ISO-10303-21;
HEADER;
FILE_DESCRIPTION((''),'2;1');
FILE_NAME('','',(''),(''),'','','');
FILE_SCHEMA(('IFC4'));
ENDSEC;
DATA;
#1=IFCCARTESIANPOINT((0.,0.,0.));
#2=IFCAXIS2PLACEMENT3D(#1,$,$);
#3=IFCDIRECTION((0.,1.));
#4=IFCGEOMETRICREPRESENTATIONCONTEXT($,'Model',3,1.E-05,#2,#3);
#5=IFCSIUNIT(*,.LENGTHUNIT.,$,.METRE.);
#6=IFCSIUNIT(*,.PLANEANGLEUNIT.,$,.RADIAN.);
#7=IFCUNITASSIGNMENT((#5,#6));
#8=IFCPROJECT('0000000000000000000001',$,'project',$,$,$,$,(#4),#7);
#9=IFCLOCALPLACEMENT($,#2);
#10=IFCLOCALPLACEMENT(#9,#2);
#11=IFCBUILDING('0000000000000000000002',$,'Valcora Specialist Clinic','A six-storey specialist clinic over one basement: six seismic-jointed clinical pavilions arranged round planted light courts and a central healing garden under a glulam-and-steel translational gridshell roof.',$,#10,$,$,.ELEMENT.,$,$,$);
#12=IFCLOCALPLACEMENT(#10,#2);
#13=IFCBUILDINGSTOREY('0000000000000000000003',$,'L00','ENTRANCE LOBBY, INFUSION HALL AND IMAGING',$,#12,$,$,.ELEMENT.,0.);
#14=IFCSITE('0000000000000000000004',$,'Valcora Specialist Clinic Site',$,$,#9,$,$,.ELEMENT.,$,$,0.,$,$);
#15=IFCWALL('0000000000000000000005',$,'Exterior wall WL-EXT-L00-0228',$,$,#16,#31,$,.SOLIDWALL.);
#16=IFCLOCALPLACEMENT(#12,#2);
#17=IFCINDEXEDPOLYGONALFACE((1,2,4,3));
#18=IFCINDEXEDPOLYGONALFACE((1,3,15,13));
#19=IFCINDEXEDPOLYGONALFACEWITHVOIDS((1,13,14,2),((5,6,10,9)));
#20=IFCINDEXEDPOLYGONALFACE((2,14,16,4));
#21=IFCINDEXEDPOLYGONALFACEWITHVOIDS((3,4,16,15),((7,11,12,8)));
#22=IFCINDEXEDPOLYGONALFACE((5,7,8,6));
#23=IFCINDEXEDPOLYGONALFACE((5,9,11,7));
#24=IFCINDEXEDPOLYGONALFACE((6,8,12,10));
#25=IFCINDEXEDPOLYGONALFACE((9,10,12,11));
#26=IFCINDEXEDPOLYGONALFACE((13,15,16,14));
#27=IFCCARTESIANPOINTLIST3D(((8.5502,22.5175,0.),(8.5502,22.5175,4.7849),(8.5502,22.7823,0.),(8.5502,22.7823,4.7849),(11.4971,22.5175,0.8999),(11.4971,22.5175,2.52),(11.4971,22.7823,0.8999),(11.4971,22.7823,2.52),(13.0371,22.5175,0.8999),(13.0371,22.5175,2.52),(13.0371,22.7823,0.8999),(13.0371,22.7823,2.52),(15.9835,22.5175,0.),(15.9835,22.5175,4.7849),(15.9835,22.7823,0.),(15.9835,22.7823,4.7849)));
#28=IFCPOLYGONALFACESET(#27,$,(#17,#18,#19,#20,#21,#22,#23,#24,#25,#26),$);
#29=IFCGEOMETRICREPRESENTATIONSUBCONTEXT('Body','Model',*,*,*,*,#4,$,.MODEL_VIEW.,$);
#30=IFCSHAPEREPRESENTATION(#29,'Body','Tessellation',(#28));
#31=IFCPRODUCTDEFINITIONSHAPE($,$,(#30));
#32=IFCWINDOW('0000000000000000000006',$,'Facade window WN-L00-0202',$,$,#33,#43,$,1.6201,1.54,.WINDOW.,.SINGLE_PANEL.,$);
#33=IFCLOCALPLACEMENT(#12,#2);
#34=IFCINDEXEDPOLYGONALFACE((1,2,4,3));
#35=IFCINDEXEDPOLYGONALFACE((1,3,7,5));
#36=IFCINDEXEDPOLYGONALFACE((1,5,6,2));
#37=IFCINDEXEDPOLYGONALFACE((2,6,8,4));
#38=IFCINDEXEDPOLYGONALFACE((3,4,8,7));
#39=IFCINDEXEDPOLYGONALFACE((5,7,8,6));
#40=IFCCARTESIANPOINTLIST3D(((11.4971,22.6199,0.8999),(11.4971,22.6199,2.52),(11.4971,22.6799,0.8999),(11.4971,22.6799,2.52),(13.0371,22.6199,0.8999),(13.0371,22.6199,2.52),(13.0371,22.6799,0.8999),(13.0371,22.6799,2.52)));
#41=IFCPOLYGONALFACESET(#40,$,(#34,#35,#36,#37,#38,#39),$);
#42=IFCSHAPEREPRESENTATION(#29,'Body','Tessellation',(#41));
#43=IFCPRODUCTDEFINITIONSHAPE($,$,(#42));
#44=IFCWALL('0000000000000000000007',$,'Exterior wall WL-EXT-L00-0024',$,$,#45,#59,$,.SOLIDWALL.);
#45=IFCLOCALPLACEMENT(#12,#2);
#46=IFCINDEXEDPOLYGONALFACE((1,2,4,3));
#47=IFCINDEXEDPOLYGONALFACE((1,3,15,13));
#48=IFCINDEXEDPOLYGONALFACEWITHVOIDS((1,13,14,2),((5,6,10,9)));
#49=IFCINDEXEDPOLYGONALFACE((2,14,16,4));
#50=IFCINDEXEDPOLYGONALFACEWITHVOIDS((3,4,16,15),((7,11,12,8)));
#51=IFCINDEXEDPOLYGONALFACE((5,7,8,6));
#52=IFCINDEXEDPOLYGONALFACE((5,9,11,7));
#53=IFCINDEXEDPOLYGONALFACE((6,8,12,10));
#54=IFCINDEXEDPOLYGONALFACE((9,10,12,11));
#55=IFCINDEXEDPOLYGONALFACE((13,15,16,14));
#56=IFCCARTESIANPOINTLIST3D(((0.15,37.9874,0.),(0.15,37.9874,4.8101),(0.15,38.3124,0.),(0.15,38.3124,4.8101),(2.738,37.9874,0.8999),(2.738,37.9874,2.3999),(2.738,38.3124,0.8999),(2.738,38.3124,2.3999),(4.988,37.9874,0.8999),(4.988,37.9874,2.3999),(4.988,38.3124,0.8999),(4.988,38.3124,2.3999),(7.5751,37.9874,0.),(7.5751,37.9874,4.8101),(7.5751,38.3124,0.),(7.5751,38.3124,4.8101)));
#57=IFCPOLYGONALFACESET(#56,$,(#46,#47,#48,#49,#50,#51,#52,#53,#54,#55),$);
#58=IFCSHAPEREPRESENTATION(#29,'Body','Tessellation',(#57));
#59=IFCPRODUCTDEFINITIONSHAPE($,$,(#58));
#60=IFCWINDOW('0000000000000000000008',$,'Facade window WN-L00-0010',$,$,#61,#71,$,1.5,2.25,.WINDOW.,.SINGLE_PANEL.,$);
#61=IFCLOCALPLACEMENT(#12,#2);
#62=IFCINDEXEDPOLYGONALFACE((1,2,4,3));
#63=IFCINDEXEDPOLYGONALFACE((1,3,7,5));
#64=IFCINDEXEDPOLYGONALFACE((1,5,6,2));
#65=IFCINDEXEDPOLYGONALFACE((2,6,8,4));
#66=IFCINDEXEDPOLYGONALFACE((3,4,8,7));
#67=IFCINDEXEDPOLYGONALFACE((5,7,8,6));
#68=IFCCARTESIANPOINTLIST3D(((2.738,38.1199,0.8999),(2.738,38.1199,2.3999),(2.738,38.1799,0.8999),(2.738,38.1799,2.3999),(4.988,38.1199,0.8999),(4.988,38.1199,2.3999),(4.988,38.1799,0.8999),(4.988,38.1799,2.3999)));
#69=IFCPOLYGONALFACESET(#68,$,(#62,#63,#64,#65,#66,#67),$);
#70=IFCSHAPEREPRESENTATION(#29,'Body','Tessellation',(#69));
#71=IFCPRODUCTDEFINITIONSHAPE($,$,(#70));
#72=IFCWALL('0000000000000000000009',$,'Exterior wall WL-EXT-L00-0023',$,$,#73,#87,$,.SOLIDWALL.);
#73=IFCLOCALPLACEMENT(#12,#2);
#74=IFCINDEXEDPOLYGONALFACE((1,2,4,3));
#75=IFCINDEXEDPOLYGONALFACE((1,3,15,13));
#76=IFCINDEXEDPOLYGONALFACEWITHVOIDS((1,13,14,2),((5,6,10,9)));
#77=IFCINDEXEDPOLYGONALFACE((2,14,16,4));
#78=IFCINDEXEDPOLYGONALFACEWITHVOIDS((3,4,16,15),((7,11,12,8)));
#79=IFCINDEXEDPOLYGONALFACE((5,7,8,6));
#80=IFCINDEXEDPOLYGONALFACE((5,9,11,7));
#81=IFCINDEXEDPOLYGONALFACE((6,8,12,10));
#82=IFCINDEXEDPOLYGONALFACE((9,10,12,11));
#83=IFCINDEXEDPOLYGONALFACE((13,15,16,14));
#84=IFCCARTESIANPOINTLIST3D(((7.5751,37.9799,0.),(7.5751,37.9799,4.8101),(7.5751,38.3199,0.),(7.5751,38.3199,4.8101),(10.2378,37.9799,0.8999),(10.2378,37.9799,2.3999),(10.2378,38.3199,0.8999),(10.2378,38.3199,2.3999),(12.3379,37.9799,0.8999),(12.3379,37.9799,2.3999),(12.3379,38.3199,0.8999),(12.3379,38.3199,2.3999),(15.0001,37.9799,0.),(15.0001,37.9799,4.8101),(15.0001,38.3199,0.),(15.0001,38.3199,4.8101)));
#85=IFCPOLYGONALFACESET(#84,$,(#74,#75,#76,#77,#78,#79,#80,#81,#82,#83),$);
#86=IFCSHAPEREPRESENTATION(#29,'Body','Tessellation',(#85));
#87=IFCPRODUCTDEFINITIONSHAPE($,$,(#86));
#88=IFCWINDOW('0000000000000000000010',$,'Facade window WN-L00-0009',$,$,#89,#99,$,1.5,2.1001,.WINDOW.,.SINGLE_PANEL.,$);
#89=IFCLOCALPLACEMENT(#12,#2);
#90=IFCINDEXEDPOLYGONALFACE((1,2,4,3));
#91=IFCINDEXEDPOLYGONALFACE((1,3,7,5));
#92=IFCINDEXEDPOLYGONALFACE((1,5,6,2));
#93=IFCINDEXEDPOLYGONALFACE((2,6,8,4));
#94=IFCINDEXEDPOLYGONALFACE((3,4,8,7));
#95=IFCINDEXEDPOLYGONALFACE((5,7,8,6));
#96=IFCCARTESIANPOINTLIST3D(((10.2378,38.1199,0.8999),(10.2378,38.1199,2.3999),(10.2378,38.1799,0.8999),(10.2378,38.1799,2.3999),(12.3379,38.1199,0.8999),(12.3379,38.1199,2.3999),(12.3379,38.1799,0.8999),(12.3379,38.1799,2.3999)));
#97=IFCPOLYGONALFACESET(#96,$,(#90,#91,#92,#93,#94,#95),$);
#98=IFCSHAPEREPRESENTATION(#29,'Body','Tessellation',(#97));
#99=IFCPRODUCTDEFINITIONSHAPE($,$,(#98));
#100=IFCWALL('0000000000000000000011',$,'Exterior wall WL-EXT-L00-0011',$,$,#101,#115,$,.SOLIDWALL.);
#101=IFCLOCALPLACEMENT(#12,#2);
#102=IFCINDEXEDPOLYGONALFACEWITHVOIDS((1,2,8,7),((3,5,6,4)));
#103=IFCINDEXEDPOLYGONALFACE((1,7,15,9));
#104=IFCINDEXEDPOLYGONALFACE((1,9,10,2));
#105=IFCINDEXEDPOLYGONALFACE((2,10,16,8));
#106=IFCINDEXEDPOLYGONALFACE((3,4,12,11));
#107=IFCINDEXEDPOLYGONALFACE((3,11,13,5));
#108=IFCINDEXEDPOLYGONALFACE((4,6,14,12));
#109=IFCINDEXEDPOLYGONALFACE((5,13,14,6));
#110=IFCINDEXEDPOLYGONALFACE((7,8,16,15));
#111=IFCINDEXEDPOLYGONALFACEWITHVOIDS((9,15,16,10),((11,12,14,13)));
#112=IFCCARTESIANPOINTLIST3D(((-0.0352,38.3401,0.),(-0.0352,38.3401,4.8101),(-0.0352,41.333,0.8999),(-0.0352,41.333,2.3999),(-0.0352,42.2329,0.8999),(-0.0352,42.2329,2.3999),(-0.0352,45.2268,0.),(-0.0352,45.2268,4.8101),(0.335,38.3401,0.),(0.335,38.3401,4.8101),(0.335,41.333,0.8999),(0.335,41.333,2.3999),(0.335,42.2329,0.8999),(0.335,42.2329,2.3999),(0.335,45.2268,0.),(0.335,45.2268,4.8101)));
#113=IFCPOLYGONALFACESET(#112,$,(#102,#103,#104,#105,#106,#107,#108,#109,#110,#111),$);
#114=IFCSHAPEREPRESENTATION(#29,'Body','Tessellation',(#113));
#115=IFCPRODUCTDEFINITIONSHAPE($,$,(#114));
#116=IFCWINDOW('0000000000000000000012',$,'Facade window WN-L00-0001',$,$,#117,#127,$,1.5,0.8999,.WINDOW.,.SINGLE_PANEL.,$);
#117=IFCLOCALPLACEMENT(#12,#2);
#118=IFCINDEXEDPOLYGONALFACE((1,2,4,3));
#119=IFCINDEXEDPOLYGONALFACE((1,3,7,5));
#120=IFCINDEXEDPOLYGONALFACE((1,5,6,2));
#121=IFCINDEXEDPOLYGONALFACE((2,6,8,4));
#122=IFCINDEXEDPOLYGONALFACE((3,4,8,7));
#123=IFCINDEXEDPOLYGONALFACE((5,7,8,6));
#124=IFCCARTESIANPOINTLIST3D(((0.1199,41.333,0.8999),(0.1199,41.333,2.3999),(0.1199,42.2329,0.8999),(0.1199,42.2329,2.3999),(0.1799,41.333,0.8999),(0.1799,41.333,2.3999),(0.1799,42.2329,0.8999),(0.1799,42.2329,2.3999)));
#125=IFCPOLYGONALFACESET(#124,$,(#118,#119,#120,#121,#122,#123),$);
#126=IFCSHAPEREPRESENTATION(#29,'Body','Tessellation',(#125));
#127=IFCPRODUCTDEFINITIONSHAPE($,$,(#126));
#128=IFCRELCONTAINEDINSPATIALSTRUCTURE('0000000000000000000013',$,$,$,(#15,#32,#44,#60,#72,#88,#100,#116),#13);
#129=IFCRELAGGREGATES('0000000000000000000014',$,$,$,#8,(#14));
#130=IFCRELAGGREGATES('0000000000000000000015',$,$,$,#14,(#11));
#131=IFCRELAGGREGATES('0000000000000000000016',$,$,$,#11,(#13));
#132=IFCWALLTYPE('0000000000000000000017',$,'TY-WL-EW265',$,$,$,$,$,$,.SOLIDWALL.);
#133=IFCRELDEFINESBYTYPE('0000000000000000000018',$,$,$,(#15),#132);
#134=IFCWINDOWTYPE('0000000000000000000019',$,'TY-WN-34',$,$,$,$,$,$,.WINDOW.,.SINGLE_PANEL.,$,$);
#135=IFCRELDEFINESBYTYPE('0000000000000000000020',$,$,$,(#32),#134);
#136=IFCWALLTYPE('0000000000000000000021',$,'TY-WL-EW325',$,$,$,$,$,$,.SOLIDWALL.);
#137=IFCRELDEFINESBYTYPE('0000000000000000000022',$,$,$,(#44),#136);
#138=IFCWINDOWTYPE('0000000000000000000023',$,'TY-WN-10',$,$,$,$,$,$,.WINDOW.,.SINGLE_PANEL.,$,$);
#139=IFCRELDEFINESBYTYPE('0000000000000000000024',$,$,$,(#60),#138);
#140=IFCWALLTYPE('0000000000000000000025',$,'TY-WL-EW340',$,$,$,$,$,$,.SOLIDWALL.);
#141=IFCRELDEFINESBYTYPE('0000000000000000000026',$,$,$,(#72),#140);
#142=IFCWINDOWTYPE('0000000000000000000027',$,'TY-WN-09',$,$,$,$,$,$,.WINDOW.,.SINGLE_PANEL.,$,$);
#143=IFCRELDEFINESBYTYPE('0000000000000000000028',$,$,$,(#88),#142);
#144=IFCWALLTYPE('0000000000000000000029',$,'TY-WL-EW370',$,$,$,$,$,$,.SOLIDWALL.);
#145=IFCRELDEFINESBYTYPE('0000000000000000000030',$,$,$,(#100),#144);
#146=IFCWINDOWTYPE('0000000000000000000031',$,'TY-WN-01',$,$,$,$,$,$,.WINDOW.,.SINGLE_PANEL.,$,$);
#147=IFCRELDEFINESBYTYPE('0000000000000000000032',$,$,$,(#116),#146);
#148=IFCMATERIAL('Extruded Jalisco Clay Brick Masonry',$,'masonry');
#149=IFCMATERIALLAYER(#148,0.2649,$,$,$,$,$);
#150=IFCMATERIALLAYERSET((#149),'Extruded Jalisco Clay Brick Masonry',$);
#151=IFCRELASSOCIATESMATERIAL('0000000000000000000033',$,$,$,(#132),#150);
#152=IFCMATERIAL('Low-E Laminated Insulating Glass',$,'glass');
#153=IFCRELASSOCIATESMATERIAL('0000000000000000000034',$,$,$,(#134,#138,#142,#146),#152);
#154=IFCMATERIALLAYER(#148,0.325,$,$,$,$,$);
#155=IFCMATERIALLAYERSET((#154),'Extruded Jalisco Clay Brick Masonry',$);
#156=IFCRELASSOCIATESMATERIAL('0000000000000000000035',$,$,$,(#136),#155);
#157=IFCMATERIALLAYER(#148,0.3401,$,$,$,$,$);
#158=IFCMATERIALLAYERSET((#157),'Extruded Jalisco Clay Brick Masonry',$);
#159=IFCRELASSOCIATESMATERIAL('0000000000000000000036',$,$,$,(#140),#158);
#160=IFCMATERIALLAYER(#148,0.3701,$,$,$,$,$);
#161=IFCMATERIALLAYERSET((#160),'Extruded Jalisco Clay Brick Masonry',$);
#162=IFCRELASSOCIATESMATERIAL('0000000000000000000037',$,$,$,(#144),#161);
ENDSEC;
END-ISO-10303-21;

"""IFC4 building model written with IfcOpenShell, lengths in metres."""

from ifc_helpers import new_model, si_unit, direction, frame, frame_2d, origin, place, context, subcontext, project, spatial, rectangle, extrude, material, layer, layer_set, type_object, element, fill, save


model = new_model("IFC4")

# Units and contexts
model_context = context("Model", 3, precision=1e-05, world=origin(), true_north=direction((0.0, 1.0)))
body_context = subcontext(model_context, "Body", "Model", "MODEL_VIEW")
ifc_project = project(units=[si_unit("LENGTHUNIT", "METRE"), si_unit("PLANEANGLEUNIT", "RADIAN")], contexts=[model_context])

# Site, building, storey
site_placement = place(None, origin())
site = spatial("IfcSite", under=ifc_project, at=site_placement, Name="Valcora Specialist Clinic Site", CompositionType="ELEMENT", RefElevation=0.0)
building_placement = place(site_placement, origin())
building = spatial("IfcBuilding", under=site, at=building_placement, Name="Valcora Specialist Clinic", Description="A six-storey specialist clinic over one basement: six seismic-jointed clinical pavilions arranged round planted light courts and a central healing garden under a glulam-and-steel translational gridshell roof.", CompositionType="ELEMENT")
storey_placement = place(building_placement, origin())
storey = spatial("IfcBuildingStorey", under=building, at=storey_placement, Name="L00", Description="ENTRANCE LOBBY, INFUSION HALL AND IMAGING", CompositionType="ELEMENT", Elevation=0.0)

# Walls, openings, windows
ifc_material_1 = material(Name="Extruded Jalisco Clay Brick Masonry", Category="masonry")
ifc_material_2 = material(Name="Low-E Laminated Insulating Glass", Category="glass")
ifc_layer_1 = layer(ifc_material_1, 0.2649)
ifc_layer_set_1 = layer_set([ifc_layer_1], Name="Extruded Jalisco Clay Brick Masonry")
wall_type_1 = type_object("IfcWallType", Name="TY-WL-EW265", PredefinedType="SOLIDWALL", material=ifc_layer_set_1)
wall_1_placement = place(storey_placement, frame((8.55, 22.6499, 0.0), z_axis=(0.0, 0.0, 1.0), x_axis=(1.0, 0.0, 0.0)))
wall_1 = element("IfcWall", 1, at=wall_1_placement, inside=storey, type_object=wall_type_1, Name="Exterior wall WL-EXT-L00-0228", PredefinedType="SOLIDWALL", context=body_context, shape_type="SweptSolid", body=[
    extrude(rectangle(XDim=7.4333, YDim=0.2649, at=frame_2d((3.7168, 0.0))), origin(), (0.0, 0.0, 1.0), 4.7849),
])
opening_1_placement = place(wall_1_placement, frame((2.947, 0.0, 0.8999)))
opening_1 = element("IfcOpeningElement", 2, at=opening_1_placement, cuts=wall_1, PredefinedType="OPENING", context=body_context, shape_type="SweptSolid", body=[
    extrude(rectangle(XDim=1.54, YDim=1.6201, at=frame_2d((0.77, 0.8101))), frame((0.0, 0.1423, 0.0), z_axis=(0.0, -1.0, 0.0), x_axis=(1.0, 0.0, 0.0)), (0.0, 0.0, 1.0), 0.2849),
])
window_type_1 = type_object("IfcWindowType", Name="TY-WN-34", PartitioningType="SINGLE_PANEL", PredefinedType="WINDOW", material=ifc_material_2)
window_1_placement = place(opening_1_placement, origin())
window_1 = element("IfcWindow", 3, at=window_1_placement, inside=storey, type_object=window_type_1, Name="Facade window WN-L00-0202", OverallHeight=1.6201, OverallWidth=1.54, PartitioningType="SINGLE_PANEL", PredefinedType="WINDOW", context=body_context, shape_type="SweptSolid", body=[
    extrude(rectangle(XDim=1.54, YDim=1.6201, at=frame_2d((0.77, 0.8101))), frame((0.0, 0.03, 0.0), z_axis=(0.0, -1.0, 0.0), x_axis=(1.0, 0.0, 0.0)), (0.0, 0.0, 1.0), 0.0601),
])
fill(opening_1, window_1)
ifc_layer_2 = layer(ifc_material_1, 0.325)
ifc_layer_set_2 = layer_set([ifc_layer_2], Name="Extruded Jalisco Clay Brick Masonry")
wall_type_2 = type_object("IfcWallType", Name="TY-WL-EW325", PredefinedType="SOLIDWALL", material=ifc_layer_set_2)
wall_2_placement = place(storey_placement, frame((7.575, 38.1499, 0.0), z_axis=(0.0, 0.0, 1.0), x_axis=(-1.0, 0.0, 0.0)))
wall_2 = element("IfcWall", 4, at=wall_2_placement, inside=storey, type_object=wall_type_2, Name="Exterior wall WL-EXT-L00-0024", PredefinedType="SOLIDWALL", context=body_context, shape_type="SweptSolid", body=[
    extrude(rectangle(XDim=7.425, YDim=0.325, at=frame_2d((3.7124, 0.0))), origin(), (0.0, 0.0, 1.0), 4.8101),
])
opening_2_placement = place(wall_2_placement, frame((2.5869, 0.0, 0.8999)))
opening_2 = element("IfcOpeningElement", 5, at=opening_2_placement, cuts=wall_2, PredefinedType="OPENING", context=body_context, shape_type="SweptSolid", body=[
    extrude(rectangle(XDim=2.25, YDim=1.5, at=frame_2d((1.125, 0.75))), frame((0.0, 0.1724, 0.0), z_axis=(0.0, -1.0, 0.0), x_axis=(1.0, 0.0, 0.0)), (0.0, 0.0, 1.0), 0.345),
])
window_type_2 = type_object("IfcWindowType", Name="TY-WN-10", PartitioningType="SINGLE_PANEL", PredefinedType="WINDOW", material=ifc_material_2)
window_2_placement = place(opening_2_placement, origin())
window_2 = element("IfcWindow", 6, at=window_2_placement, inside=storey, type_object=window_type_2, Name="Facade window WN-L00-0010", OverallHeight=1.5, OverallWidth=2.25, PartitioningType="SINGLE_PANEL", PredefinedType="WINDOW", context=body_context, shape_type="SweptSolid", body=[
    extrude(rectangle(XDim=2.25, YDim=1.5, at=frame_2d((1.125, 0.75))), frame((0.0, 0.03, 0.0), z_axis=(0.0, -1.0, 0.0), x_axis=(1.0, 0.0, 0.0)), (0.0, 0.0, 1.0), 0.0601),
])
fill(opening_2, window_2)
ifc_layer_3 = layer(ifc_material_1, 0.3401)
ifc_layer_set_3 = layer_set([ifc_layer_3], Name="Extruded Jalisco Clay Brick Masonry")
wall_type_3 = type_object("IfcWallType", Name="TY-WL-EW340", PredefinedType="SOLIDWALL", material=ifc_layer_set_3)
wall_3_placement = place(storey_placement, frame((15.0, 38.1499, 0.0), z_axis=(0.0, 0.0, 1.0), x_axis=(-1.0, 0.0, 0.0)))
wall_3 = element("IfcWall", 7, at=wall_3_placement, inside=storey, type_object=wall_type_3, Name="Exterior wall WL-EXT-L00-0023", PredefinedType="SOLIDWALL", context=body_context, shape_type="SweptSolid", body=[
    extrude(rectangle(XDim=7.425, YDim=0.3401, at=frame_2d((3.7124, 0.0))), origin(), (0.0, 0.0, 1.0), 4.8101),
])
opening_3_placement = place(wall_3_placement, frame((2.6621, 0.0, 0.8999)))
opening_3 = element("IfcOpeningElement", 8, at=opening_3_placement, cuts=wall_3, PredefinedType="OPENING", context=body_context, shape_type="SweptSolid", body=[
    extrude(rectangle(XDim=2.1001, YDim=1.5, at=frame_2d((1.05, 0.75))), frame((0.0, 0.1799, 0.0), z_axis=(0.0, -1.0, 0.0), x_axis=(1.0, 0.0, 0.0)), (0.0, 0.0, 1.0), 0.3601),
])
window_type_3 = type_object("IfcWindowType", Name="TY-WN-09", PartitioningType="SINGLE_PANEL", PredefinedType="WINDOW", material=ifc_material_2)
window_3_placement = place(opening_3_placement, origin())
window_3 = element("IfcWindow", 9, at=window_3_placement, inside=storey, type_object=window_type_3, Name="Facade window WN-L00-0009", OverallHeight=1.5, OverallWidth=2.1001, PartitioningType="SINGLE_PANEL", PredefinedType="WINDOW", context=body_context, shape_type="SweptSolid", body=[
    extrude(rectangle(XDim=2.1001, YDim=1.5, at=frame_2d((1.05, 0.75))), frame((0.0, 0.03, 0.0), z_axis=(0.0, -1.0, 0.0), x_axis=(1.0, 0.0, 0.0)), (0.0, 0.0, 1.0), 0.0601),
])
fill(opening_3, window_3)
ifc_layer_4 = layer(ifc_material_1, 0.3701)
ifc_layer_set_4 = layer_set([ifc_layer_4], Name="Extruded Jalisco Clay Brick Masonry")
wall_type_4 = type_object("IfcWallType", Name="TY-WL-EW370", PredefinedType="SOLIDWALL", material=ifc_layer_set_4)
wall_4_placement = place(storey_placement, frame((0.1499, 38.3401, 0.0), z_axis=(0.0, 0.0, 1.0), x_axis=(0.0, 1.0, 0.0)))
wall_4 = element("IfcWall", 10, at=wall_4_placement, inside=storey, type_object=wall_type_4, Name="Exterior wall WL-EXT-L00-0011", PredefinedType="SOLIDWALL", context=body_context, shape_type="SweptSolid", body=[
    extrude(rectangle(XDim=6.8867, YDim=0.3701, at=frame_2d((3.4434, 0.0))), origin(), (0.0, 0.0, 1.0), 4.8101),
])
opening_4_placement = place(wall_4_placement, frame((2.9929, 0.0, 0.8999)))
opening_4 = element("IfcOpeningElement", 11, at=opening_4_placement, cuts=wall_4, PredefinedType="OPENING", context=body_context, shape_type="SweptSolid", body=[
    extrude(rectangle(XDim=0.8999, YDim=1.5, at=frame_2d((0.45, 0.75))), frame((0.0, 0.1951, 0.0), z_axis=(0.0, -1.0, 0.0), x_axis=(1.0, 0.0, 0.0)), (0.0, 0.0, 1.0), 0.3901),
])
window_type_4 = type_object("IfcWindowType", Name="TY-WN-01", PartitioningType="SINGLE_PANEL", PredefinedType="WINDOW", material=ifc_material_2)
window_4_placement = place(opening_4_placement, origin())
window_4 = element("IfcWindow", 12, at=window_4_placement, inside=storey, type_object=window_type_4, Name="Facade window WN-L00-0001", OverallHeight=1.5, OverallWidth=0.8999, PartitioningType="SINGLE_PANEL", PredefinedType="WINDOW", context=body_context, shape_type="SweptSolid", body=[
    extrude(rectangle(XDim=0.8999, YDim=1.5, at=frame_2d((0.45, 0.75))), frame((0.0, 0.03, 0.0), z_axis=(0.0, -1.0, 0.0), x_axis=(1.0, 0.0, 0.0)), (0.0, 0.0, 1.0), 0.0601),
])
fill(opening_4, window_4)

save(model, "model.ifc")
